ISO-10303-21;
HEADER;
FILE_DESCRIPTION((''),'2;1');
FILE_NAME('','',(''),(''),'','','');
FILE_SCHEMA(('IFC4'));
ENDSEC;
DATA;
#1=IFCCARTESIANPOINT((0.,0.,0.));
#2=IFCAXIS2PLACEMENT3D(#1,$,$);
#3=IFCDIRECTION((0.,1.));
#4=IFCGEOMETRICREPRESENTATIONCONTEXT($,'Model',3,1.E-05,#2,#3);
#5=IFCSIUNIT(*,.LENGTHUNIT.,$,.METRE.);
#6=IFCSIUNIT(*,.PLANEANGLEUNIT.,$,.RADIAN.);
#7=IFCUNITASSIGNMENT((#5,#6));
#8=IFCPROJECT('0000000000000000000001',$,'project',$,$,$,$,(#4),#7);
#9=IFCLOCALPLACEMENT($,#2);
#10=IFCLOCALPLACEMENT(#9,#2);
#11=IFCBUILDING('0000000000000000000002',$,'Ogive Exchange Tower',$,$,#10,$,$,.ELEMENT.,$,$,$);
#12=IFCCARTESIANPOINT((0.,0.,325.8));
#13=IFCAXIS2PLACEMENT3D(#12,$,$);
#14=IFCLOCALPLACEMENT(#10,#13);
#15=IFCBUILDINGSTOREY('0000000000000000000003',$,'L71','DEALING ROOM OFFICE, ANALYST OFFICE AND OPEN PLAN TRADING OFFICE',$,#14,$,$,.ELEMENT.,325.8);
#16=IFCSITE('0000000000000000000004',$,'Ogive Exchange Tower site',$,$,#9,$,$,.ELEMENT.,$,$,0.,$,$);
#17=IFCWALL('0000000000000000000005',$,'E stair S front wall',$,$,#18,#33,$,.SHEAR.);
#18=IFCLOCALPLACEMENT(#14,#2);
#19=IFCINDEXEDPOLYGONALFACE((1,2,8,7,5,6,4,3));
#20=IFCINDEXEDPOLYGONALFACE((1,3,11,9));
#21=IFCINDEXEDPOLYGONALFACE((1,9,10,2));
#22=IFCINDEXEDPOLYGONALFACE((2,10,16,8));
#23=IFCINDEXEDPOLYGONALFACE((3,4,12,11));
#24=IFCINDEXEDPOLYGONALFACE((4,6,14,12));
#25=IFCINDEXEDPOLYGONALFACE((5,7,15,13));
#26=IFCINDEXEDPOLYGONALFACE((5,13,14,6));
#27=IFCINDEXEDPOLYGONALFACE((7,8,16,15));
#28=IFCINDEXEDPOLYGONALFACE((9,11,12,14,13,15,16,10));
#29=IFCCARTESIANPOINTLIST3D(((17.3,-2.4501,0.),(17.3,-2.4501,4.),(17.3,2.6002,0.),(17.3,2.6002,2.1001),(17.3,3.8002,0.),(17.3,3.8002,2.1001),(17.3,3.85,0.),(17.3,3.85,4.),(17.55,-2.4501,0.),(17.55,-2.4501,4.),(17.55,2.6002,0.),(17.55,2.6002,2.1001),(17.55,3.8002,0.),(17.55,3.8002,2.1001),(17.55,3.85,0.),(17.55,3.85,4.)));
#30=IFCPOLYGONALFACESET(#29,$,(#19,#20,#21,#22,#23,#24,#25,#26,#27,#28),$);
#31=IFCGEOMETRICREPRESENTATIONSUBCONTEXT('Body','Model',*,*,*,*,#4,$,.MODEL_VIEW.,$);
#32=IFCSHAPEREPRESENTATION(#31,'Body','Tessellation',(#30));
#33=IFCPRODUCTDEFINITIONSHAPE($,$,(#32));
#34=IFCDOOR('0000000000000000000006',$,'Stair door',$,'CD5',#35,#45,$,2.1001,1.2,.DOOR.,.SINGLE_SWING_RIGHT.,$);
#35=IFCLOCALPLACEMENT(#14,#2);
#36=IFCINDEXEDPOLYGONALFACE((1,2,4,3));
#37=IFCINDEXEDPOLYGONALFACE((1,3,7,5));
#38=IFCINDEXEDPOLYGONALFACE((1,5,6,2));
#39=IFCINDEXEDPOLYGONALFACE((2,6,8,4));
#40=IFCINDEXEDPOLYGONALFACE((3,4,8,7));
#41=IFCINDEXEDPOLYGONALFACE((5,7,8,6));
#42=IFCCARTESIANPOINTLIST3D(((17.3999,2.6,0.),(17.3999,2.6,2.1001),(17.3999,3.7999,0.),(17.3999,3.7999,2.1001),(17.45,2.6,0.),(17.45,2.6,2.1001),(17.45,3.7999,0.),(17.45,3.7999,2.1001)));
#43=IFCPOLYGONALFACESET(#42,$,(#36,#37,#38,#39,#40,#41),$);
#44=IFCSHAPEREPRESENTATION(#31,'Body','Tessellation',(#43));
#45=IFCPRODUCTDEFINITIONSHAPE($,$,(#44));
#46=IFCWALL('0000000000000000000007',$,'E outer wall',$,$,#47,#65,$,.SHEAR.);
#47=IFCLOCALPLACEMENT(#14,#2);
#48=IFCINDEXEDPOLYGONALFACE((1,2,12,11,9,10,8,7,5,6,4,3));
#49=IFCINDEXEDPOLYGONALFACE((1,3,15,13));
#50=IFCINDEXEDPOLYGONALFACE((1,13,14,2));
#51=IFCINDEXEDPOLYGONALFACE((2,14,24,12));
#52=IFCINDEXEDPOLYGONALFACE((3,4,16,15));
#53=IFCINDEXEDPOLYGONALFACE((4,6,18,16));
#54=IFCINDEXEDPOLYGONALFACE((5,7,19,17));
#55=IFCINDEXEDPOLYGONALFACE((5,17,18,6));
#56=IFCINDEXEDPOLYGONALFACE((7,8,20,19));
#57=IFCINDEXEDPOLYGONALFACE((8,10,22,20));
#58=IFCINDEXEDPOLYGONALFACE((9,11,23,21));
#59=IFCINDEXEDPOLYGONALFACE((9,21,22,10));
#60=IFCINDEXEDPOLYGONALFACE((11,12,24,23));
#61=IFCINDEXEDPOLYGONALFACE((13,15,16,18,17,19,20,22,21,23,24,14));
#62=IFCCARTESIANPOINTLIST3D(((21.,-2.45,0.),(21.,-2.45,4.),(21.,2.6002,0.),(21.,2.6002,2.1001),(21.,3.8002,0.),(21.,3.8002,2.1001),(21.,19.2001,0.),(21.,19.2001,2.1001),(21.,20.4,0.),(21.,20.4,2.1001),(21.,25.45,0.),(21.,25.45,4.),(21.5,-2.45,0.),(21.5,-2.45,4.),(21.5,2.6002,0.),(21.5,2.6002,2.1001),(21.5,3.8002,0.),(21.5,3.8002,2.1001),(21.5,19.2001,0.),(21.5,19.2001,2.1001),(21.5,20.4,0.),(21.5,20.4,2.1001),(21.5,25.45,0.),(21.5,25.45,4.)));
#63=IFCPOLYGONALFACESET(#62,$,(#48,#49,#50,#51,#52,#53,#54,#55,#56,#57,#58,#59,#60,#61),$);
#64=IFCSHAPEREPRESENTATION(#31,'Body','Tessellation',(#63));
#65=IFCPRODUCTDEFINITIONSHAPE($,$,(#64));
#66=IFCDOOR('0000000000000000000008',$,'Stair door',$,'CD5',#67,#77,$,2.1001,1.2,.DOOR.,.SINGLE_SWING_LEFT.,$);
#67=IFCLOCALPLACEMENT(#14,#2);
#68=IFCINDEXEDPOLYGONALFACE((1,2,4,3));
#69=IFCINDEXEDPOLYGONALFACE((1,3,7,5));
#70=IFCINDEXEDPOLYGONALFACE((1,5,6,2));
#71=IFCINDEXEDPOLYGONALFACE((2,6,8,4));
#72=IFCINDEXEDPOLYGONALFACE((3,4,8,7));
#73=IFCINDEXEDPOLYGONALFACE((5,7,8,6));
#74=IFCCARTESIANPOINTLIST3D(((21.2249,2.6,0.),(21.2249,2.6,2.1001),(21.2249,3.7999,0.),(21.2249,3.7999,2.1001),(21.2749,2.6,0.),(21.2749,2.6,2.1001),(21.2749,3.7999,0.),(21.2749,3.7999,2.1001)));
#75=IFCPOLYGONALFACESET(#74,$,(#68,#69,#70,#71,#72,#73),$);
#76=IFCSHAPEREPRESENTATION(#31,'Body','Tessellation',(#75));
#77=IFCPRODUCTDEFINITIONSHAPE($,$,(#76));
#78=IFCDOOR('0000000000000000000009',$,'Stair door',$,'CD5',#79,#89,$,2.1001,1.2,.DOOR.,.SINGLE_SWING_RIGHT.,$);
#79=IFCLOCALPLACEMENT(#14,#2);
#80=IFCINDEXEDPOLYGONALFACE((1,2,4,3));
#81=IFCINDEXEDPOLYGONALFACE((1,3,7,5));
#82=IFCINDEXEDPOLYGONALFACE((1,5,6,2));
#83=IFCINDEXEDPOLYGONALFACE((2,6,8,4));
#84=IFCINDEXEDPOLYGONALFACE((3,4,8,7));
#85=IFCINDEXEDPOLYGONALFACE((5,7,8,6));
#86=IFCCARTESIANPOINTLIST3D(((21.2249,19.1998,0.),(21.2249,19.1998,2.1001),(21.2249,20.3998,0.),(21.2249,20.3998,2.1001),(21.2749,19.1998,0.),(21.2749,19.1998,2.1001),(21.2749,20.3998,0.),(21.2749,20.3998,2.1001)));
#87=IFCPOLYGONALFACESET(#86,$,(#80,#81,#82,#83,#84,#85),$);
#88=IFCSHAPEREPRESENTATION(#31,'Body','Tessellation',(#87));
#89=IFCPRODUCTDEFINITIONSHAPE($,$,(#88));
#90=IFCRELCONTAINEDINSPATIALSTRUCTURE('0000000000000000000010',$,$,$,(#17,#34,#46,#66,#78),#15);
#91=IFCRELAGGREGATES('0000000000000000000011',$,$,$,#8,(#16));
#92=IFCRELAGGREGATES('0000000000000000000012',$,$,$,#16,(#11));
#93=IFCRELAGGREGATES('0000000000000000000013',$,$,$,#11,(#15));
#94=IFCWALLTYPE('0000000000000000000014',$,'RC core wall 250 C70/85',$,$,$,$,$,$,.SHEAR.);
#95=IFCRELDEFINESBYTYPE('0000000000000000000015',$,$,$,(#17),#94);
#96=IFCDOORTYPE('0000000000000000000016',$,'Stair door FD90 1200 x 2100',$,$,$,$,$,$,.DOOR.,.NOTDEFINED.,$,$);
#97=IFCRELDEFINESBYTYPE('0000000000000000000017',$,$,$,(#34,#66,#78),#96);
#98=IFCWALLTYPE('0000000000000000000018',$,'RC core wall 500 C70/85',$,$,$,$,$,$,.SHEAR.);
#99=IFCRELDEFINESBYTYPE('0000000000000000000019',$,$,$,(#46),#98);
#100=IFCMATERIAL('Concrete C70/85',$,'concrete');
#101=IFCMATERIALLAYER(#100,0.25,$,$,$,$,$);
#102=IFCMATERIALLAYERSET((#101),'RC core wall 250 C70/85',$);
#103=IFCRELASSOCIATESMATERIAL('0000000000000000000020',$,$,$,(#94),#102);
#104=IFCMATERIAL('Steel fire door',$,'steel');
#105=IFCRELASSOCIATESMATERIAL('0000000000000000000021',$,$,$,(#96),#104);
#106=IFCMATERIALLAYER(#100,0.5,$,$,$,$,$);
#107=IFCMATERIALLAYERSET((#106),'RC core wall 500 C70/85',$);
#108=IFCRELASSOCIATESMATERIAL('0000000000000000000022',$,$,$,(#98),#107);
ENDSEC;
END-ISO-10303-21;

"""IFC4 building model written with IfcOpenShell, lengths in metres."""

from ifc_helpers import new_model, si_unit, direction, frame, frame_2d, origin, place, context, subcontext, project, spatial, rectangle, extrude, material, layer, layer_set, type_object, element, fill, save


model = new_model("IFC4")

# Units and contexts
model_context = context("Model", 3, precision=1e-05, world=origin(), true_north=direction((0.0, 1.0)))
body_context = subcontext(model_context, "Body", "Model", "MODEL_VIEW")
ifc_project = project(units=[si_unit("LENGTHUNIT", "METRE"), si_unit("PLANEANGLEUNIT", "RADIAN")], contexts=[model_context])

# Site, building, storey
site_placement = place(None, origin())
site = spatial("IfcSite", under=ifc_project, at=site_placement, Name="Ogive Exchange Tower site", CompositionType="ELEMENT", RefElevation=0.0)
building_placement = place(site_placement, origin())
building = spatial("IfcBuilding", under=site, at=building_placement, Name="Ogive Exchange Tower", CompositionType="ELEMENT")
storey_placement = place(building_placement, frame((0.0, 0.0, 325.8)))
storey = spatial("IfcBuildingStorey", under=building, at=storey_placement, Name="L71", Description="DEALING ROOM OFFICE, ANALYST OFFICE AND OPEN PLAN TRADING OFFICE", CompositionType="ELEMENT", Elevation=325.8)

# Wall, opening, door
ifc_material_1 = material(Name="Concrete C70/85", Category="concrete")
ifc_layer_1 = layer(ifc_material_1, 0.25)
ifc_layer_set_1 = layer_set([ifc_layer_1], Name="RC core wall 250 C70/85")
wall_type_1 = type_object("IfcWallType", Name="RC core wall 250 C70/85", PredefinedType="SHEAR", material=ifc_layer_set_1)
wall_1_placement = place(storey_placement, frame((17.425, -2.45, 0.0), z_axis=(0.0, 0.0, 1.0), x_axis=(0.0, 1.0, 0.0)))
wall_1 = element("IfcWall", 1, at=wall_1_placement, inside=storey, type_object=wall_type_1, Name="E stair S front wall", PredefinedType="SHEAR", context=body_context, shape_type="SweptSolid", body=[
    extrude(rectangle(XDim=6.3, YDim=0.25, at=frame_2d((3.1499, 0.0))), origin(), (0.0, 0.0, 1.0), 4.0),
])
opening_1_placement = place(wall_1_placement, frame((5.05, 0.0, 0.0)))
opening_1 = element("IfcOpeningElement", 2, at=opening_1_placement, cuts=wall_1, PredefinedType="OPENING", context=body_context, shape_type="SweptSolid", body=[
    extrude(rectangle(XDim=1.2, YDim=2.1001, at=frame_2d((0.6001, 1.05))), frame((0.0, 0.135, 0.0), z_axis=(0.0, -1.0, 0.0), x_axis=(1.0, 0.0, 0.0)), (0.0, 0.0, 1.0), 0.27),
])
ifc_material_2 = material(Name="Steel fire door", Category="steel")
door_type = type_object("IfcDoorType", Name="Stair door FD90 1200 x 2100", OperationType="NOTDEFINED", PredefinedType="DOOR", material=ifc_material_2)
door_1_placement = place(opening_1_placement, frame((1.2, 0.0, 0.0), z_axis=(0.0, 0.0, 1.0), x_axis=(-1.0, 0.0, 0.0)))
door_1 = element("IfcDoor", 3, at=door_1_placement, inside=storey, type_object=door_type, Name="Stair door", ObjectType="CD5", OperationType="SINGLE_SWING_RIGHT", OverallHeight=2.1001, OverallWidth=1.2, PredefinedType="DOOR", context=body_context, shape_type="SweptSolid", body=[
    extrude(rectangle(XDim=1.2, YDim=2.1001, at=frame_2d((0.6001, 1.05))), frame((0.0, 0.0249, 0.0), z_axis=(0.0, -1.0, 0.0), x_axis=(1.0, 0.0, 0.0)), (0.0, 0.0, 1.0), 0.05),
])
fill(opening_1, door_1)

# Wall, openings, doors
ifc_layer_2 = layer(ifc_material_1, 0.5)
ifc_layer_set_2 = layer_set([ifc_layer_2], Name="RC core wall 500 C70/85")
wall_type_2 = type_object("IfcWallType", Name="RC core wall 500 C70/85", PredefinedType="SHEAR", material=ifc_layer_set_2)
wall_2_placement = place(storey_placement, frame((21.25, -2.45, 0.0), z_axis=(0.0, 0.0, 1.0), x_axis=(0.0, 1.0, 0.0)))
wall_2 = element("IfcWall", 4, at=wall_2_placement, inside=storey, type_object=wall_type_2, Name="E outer wall", PredefinedType="SHEAR", context=body_context, shape_type="SweptSolid", body=[
    extrude(rectangle(XDim=27.8999, YDim=0.5, at=frame_2d((13.95, 0.0))), origin(), (0.0, 0.0, 1.0), 4.0),
])
opening_2_placement = place(wall_2_placement, frame((5.05, 0.0, 0.0)))
opening_2 = element("IfcOpeningElement", 5, at=opening_2_placement, cuts=wall_2, PredefinedType="OPENING", context=body_context, shape_type="SweptSolid", body=[
    extrude(rectangle(XDim=1.2, YDim=2.1001, at=frame_2d((0.6001, 1.05))), frame((0.0, 0.26, 0.0), z_axis=(0.0, -1.0, 0.0), x_axis=(1.0, 0.0, 0.0)), (0.0, 0.0, 1.0), 0.52),
])
opening_3_placement = place(wall_2_placement, frame((21.6499, 0.0, 0.0)))
opening_3 = element("IfcOpeningElement", 6, at=opening_3_placement, cuts=wall_2, PredefinedType="OPENING", context=body_context, shape_type="SweptSolid", body=[
    extrude(rectangle(XDim=1.2, YDim=2.1001, at=frame_2d((0.6001, 1.05))), frame((0.0, 0.26, 0.0), z_axis=(0.0, -1.0, 0.0), x_axis=(1.0, 0.0, 0.0)), (0.0, 0.0, 1.0), 0.52),
])
door_2_placement = place(opening_2_placement, frame((1.2, 0.0, 0.0), z_axis=(0.0, 0.0, 1.0), x_axis=(-1.0, 0.0, 0.0)))
door_2 = element("IfcDoor", 7, at=door_2_placement, inside=storey, type_object=door_type, Name="Stair door", ObjectType="CD5", OperationType="SINGLE_SWING_LEFT", OverallHeight=2.1001, OverallWidth=1.2, PredefinedType="DOOR", context=body_context, shape_type="SweptSolid", body=[
    extrude(rectangle(XDim=1.2, YDim=2.1001, at=frame_2d((0.6001, 1.05))), frame((0.0, 0.0249, 0.0), z_axis=(0.0, -1.0, 0.0), x_axis=(1.0, 0.0, 0.0)), (0.0, 0.0, 1.0), 0.05),
])
fill(opening_2, door_2)
door_3_placement = place(opening_3_placement, frame((1.2, 0.0, 0.0), z_axis=(0.0, 0.0, 1.0), x_axis=(-1.0, 0.0, 0.0)))
door_3 = element("IfcDoor", 8, at=door_3_placement, inside=storey, type_object=door_type, Name="Stair door", ObjectType="CD5", OperationType="SINGLE_SWING_RIGHT", OverallHeight=2.1001, OverallWidth=1.2, PredefinedType="DOOR", context=body_context, shape_type="SweptSolid", body=[
    extrude(rectangle(XDim=1.2, YDim=2.1001, at=frame_2d((0.6001, 1.05))), frame((0.0, 0.0249, 0.0), z_axis=(0.0, -1.0, 0.0), x_axis=(1.0, 0.0, 0.0)), (0.0, 0.0, 1.0), 0.05),
])
fill(opening_3, door_3)

save(model, "model.ifc")
